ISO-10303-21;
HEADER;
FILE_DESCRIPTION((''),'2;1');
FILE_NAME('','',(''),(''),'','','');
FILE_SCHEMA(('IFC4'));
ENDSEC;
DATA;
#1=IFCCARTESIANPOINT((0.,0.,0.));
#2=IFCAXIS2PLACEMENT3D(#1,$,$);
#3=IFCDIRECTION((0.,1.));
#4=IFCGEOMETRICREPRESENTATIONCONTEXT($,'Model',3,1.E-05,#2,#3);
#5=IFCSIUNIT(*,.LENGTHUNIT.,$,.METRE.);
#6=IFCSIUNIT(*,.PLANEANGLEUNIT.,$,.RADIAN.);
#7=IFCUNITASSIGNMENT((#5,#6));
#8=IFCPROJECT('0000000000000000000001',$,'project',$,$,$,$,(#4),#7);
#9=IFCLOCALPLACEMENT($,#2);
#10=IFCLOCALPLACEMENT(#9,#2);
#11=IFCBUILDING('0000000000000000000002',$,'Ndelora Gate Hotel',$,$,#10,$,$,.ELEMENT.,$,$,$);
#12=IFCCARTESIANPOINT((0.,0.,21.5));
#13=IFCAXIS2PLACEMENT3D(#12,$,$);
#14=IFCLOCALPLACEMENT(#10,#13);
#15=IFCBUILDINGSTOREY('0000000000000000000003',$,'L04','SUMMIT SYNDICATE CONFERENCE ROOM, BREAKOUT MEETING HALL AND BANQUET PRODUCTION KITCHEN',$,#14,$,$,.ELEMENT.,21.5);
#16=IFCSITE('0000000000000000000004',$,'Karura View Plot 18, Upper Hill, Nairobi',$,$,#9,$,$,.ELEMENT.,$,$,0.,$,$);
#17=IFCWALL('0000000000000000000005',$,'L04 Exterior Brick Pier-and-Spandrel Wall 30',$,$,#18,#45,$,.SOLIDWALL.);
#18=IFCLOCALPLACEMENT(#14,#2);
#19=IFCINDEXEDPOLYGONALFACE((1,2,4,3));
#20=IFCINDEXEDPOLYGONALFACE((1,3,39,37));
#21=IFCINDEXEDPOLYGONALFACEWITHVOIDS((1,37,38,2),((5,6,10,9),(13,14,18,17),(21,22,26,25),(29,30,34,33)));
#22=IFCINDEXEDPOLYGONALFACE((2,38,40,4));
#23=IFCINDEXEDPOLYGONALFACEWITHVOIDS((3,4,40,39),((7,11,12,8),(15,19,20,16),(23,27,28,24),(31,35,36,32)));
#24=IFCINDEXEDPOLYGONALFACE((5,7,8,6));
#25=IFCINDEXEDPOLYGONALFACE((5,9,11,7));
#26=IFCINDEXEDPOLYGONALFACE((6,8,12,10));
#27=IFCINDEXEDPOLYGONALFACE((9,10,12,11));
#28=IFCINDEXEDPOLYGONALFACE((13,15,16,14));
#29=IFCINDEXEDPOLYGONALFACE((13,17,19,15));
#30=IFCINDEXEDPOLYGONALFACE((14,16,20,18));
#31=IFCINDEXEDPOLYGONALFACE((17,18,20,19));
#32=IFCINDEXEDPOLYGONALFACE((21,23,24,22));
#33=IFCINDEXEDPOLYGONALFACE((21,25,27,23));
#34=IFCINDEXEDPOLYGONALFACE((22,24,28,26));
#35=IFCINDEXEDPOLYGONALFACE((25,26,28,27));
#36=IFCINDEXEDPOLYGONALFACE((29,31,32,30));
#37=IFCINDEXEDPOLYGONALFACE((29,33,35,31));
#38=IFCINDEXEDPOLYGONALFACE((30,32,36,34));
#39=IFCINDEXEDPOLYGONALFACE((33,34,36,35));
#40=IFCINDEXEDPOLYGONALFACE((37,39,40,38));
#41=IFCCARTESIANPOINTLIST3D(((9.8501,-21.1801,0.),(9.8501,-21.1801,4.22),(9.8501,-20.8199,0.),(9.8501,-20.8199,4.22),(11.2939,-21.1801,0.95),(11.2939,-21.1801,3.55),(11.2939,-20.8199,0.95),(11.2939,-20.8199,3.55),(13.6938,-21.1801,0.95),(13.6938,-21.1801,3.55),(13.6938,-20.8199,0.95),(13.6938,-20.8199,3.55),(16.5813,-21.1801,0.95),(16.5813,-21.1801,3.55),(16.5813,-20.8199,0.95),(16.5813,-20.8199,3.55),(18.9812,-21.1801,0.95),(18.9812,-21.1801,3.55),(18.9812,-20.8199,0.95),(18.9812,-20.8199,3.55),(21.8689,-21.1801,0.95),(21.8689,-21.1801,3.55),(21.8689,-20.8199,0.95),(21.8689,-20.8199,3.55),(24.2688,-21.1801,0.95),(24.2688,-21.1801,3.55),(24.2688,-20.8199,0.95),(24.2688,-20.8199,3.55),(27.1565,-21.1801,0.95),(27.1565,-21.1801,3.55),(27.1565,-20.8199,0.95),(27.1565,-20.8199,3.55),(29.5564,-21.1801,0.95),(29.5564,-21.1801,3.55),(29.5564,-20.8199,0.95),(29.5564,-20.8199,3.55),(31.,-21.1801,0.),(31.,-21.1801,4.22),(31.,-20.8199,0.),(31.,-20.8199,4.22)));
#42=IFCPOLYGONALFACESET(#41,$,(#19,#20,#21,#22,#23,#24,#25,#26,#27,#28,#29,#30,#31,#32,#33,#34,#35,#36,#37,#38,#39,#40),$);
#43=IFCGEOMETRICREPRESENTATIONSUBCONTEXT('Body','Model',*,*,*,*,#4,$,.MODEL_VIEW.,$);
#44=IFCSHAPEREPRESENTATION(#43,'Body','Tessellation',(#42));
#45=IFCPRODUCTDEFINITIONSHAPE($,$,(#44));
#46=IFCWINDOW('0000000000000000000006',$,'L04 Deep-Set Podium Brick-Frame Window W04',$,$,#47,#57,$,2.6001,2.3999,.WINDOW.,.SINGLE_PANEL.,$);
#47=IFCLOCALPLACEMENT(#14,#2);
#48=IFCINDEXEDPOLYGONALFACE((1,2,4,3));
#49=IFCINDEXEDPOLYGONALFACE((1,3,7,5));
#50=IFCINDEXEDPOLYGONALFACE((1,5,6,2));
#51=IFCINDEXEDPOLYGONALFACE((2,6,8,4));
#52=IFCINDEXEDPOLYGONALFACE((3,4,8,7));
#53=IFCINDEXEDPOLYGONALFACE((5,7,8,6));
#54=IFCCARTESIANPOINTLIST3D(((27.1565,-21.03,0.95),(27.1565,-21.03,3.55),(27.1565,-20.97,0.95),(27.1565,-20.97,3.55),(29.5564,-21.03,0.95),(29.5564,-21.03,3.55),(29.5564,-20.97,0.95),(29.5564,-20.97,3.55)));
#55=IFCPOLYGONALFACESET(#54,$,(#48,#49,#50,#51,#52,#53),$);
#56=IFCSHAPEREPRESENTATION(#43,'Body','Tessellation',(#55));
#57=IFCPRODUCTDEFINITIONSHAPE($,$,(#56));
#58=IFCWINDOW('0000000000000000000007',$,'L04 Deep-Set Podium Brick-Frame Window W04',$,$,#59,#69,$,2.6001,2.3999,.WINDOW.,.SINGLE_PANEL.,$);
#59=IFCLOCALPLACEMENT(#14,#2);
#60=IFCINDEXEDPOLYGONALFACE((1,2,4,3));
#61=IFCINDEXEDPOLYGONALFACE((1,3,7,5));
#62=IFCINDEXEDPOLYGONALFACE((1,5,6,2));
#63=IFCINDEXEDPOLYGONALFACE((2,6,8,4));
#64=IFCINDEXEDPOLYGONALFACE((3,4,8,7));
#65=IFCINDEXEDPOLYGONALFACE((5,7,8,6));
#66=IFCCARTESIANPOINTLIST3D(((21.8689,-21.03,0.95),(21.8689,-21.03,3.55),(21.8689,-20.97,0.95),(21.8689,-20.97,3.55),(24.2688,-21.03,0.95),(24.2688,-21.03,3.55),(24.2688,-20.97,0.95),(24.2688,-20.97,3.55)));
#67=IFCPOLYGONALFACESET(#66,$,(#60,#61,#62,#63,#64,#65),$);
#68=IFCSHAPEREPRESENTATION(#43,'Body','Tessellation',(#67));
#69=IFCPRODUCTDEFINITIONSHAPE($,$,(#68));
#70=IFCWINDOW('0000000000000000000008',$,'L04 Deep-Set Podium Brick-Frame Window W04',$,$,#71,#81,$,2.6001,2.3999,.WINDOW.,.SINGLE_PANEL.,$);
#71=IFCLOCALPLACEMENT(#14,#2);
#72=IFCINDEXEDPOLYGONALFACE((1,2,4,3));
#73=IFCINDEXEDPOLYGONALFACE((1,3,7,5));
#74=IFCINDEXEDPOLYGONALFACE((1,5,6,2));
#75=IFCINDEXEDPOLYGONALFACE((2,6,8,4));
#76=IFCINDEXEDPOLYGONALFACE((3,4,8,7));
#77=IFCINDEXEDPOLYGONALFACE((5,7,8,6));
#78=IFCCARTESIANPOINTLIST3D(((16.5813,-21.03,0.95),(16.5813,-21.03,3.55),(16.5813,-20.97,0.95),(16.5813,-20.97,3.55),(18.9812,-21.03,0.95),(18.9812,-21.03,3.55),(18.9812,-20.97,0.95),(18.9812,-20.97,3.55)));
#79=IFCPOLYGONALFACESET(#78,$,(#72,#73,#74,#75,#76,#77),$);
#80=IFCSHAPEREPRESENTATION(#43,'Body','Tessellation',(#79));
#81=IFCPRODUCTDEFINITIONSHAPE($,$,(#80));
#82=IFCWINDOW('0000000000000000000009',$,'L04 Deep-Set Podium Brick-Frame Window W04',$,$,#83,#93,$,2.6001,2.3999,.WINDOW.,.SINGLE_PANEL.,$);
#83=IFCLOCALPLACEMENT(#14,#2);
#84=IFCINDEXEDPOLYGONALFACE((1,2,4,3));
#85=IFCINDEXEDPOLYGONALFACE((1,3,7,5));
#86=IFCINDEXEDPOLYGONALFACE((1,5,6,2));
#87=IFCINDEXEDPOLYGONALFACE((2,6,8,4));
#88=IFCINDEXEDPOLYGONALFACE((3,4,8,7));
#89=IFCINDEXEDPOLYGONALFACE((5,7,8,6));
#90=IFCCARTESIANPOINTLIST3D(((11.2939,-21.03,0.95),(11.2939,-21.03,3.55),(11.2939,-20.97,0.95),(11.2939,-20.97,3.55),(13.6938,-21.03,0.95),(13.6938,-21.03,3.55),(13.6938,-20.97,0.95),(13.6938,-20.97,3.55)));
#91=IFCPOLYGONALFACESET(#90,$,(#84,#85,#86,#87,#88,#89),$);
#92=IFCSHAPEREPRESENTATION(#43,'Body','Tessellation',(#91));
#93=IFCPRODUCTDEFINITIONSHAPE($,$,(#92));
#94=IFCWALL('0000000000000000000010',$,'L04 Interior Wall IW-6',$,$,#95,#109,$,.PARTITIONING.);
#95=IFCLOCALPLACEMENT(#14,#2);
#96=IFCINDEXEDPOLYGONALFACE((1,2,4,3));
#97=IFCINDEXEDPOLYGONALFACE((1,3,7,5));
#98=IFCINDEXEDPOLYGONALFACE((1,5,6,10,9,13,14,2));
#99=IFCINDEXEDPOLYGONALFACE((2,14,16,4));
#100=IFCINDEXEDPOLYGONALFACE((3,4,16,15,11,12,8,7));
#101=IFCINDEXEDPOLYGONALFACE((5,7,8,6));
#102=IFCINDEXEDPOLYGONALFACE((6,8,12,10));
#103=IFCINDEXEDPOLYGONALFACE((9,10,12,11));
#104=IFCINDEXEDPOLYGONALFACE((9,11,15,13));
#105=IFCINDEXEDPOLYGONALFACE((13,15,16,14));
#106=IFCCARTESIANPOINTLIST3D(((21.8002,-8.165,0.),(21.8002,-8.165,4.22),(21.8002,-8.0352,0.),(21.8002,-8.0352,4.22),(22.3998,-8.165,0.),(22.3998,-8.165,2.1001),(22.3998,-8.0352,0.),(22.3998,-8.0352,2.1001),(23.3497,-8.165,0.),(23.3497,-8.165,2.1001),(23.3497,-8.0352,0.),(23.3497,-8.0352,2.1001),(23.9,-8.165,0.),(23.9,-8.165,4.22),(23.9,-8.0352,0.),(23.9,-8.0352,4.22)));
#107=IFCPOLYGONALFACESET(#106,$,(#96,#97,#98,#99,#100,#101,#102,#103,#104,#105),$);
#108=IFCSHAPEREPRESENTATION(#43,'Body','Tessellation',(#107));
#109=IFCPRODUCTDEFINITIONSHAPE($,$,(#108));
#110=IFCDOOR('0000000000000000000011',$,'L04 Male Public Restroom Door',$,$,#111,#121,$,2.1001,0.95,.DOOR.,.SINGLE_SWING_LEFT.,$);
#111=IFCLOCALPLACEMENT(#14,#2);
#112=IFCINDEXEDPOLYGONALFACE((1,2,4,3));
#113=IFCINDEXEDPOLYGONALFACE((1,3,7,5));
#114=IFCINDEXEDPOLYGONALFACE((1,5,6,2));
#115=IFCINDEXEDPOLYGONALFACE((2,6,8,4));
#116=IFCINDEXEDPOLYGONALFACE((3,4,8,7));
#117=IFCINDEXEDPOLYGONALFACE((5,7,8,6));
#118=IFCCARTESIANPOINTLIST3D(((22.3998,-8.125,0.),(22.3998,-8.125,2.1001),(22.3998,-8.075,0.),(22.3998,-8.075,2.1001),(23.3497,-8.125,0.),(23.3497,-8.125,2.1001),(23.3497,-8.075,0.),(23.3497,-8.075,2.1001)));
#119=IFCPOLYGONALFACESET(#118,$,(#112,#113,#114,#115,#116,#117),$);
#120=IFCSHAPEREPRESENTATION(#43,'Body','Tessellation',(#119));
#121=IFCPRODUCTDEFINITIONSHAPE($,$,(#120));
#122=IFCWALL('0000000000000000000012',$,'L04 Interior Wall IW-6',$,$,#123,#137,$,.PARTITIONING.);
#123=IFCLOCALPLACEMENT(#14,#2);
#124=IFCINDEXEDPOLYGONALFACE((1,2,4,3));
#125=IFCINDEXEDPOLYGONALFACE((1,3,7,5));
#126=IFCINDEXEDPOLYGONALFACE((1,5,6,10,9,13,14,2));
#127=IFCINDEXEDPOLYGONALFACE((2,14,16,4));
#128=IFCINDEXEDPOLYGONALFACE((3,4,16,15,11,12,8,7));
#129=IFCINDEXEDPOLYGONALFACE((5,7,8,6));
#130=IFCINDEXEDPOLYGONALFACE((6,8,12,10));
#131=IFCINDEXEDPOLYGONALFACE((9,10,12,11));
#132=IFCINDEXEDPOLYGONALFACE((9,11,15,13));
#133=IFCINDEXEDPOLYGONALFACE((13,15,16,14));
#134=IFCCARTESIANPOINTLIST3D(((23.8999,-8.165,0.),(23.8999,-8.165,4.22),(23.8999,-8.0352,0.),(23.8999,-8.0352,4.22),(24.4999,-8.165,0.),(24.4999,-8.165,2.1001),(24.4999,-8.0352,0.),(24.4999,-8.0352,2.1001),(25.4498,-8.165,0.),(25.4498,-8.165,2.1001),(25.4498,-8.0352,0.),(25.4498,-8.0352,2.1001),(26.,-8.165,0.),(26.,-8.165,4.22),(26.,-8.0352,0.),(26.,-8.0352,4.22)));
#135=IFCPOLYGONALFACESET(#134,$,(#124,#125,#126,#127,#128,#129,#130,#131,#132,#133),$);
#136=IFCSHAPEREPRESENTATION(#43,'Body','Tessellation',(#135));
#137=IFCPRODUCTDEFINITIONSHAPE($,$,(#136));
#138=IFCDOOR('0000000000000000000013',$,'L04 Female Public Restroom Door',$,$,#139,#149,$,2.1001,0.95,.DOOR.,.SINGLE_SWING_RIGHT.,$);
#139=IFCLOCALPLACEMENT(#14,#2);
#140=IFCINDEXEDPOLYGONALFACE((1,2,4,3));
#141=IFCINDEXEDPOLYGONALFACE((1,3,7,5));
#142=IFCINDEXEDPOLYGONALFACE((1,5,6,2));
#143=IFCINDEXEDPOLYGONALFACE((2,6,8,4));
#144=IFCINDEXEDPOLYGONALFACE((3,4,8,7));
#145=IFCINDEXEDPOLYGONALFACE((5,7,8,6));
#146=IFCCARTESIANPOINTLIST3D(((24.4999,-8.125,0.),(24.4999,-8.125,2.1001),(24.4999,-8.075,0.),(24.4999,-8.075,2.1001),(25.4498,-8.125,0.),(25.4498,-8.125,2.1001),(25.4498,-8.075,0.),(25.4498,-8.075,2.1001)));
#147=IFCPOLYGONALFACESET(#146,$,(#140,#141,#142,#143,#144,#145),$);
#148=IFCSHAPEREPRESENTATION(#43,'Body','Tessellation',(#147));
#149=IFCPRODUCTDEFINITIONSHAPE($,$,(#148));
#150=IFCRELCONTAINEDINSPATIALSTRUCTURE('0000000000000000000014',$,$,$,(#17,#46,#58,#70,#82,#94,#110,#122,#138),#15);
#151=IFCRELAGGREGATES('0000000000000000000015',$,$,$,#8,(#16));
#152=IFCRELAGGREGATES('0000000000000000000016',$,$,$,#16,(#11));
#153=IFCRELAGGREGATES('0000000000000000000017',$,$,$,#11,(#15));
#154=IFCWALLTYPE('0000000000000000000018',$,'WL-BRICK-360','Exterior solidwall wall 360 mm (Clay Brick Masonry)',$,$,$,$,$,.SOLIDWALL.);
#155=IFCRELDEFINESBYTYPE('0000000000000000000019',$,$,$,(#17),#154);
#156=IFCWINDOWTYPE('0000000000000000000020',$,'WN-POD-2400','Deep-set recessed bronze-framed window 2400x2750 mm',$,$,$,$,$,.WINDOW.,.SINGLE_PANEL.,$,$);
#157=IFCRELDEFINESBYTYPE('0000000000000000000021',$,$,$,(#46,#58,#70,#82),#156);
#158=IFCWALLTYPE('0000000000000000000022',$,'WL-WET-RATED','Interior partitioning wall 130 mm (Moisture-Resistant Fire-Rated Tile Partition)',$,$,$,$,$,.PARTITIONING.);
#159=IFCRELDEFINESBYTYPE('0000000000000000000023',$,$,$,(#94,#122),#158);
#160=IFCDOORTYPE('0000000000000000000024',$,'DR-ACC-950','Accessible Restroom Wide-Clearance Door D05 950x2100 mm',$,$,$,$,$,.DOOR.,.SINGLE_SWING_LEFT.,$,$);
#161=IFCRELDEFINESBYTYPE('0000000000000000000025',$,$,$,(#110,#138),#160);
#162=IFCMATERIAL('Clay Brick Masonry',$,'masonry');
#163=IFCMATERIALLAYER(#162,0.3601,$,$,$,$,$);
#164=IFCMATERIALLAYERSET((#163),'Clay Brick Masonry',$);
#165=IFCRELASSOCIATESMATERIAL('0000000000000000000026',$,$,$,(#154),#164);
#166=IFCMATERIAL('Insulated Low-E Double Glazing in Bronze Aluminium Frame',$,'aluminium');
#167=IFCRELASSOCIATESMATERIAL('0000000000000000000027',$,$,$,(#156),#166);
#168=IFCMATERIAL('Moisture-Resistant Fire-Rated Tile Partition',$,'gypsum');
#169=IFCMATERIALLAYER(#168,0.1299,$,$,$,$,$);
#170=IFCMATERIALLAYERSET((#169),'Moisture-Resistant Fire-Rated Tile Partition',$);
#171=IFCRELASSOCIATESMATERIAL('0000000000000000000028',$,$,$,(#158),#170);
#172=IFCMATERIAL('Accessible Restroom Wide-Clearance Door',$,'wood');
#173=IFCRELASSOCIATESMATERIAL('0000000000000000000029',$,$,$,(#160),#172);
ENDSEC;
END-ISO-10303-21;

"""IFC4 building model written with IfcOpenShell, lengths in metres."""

from ifc_helpers import new_model, si_unit, direction, frame, frame_2d, origin, place, context, subcontext, project, spatial, rectangle, extrude, material, layer, layer_set, type_object, element, fill, save


model = new_model("IFC4")

# Units and contexts
model_context = context("Model", 3, precision=1e-05, world=origin(), true_north=direction((0.0, 1.0)))
body_context = subcontext(model_context, "Body", "Model", "MODEL_VIEW")
ifc_project = project(units=[si_unit("LENGTHUNIT", "METRE"), si_unit("PLANEANGLEUNIT", "RADIAN")], contexts=[model_context])

# Site, building, storey
site_placement = place(None, origin())
site = spatial("IfcSite", under=ifc_project, at=site_placement, Name="Karura View Plot 18, Upper Hill, Nairobi", CompositionType="ELEMENT", RefElevation=0.0)
building_placement = place(site_placement, origin())
building = spatial("IfcBuilding", under=site, at=building_placement, Name="Ndelora Gate Hotel", CompositionType="ELEMENT")
storey_placement = place(building_placement, frame((0.0, 0.0, 21.5)))
storey = spatial("IfcBuildingStorey", under=building, at=storey_placement, Name="L04", Description="SUMMIT SYNDICATE CONFERENCE ROOM, BREAKOUT MEETING HALL AND BANQUET PRODUCTION KITCHEN", CompositionType="ELEMENT", Elevation=21.5)

# Shared definitions
ifc_material_1 = material(Name="Clay Brick Masonry", Category="masonry")
ifc_layer_1 = layer(ifc_material_1, 0.3601)
ifc_layer_set_1 = layer_set([ifc_layer_1], Name="Clay Brick Masonry")
wall_type_1 = type_object("IfcWallType", Name="WL-BRICK-360", Description="Exterior solidwall wall 360 mm (Clay Brick Masonry)", PredefinedType="SOLIDWALL", material=ifc_layer_set_1)

# Wall, openings, windows
wall_1_placement = place(storey_placement, frame((31.0, -21.0, 0.0), z_axis=(0.0, 0.0, 1.0), x_axis=(-1.0, 0.0, 0.0)))
wall_1 = element("IfcWall", 1, at=wall_1_placement, inside=storey, type_object=wall_type_1, Name="L04 Exterior Brick Pier-and-Spandrel Wall 30", PredefinedType="SOLIDWALL", context=body_context, shape_type="SweptSolid", body=[
    extrude(rectangle(XDim=21.1499, YDim=0.3601, at=frame_2d((10.575, 0.0))), origin(), (0.0, 0.0, 1.0), 4.22),
])
opening_1_placement = place(wall_1_placement, frame((1.4436, 0.0, 0.95)))
opening_1 = element("IfcOpeningElement", 2, at=opening_1_placement, cuts=wall_1, PredefinedType="OPENING", context=body_context, shape_type="SweptSolid", body=[
    extrude(rectangle(XDim=2.3999, YDim=2.6001, at=frame_2d((1.2, 1.3))), frame((0.0, 0.1899, 0.0), z_axis=(0.0, -1.0, 0.0), x_axis=(1.0, 0.0, 0.0)), (0.0, 0.0, 1.0), 0.3801),
])
opening_2_placement = place(wall_1_placement, frame((6.7312, 0.0, 0.95)))
opening_2 = element("IfcOpeningElement", 3, at=opening_2_placement, cuts=wall_1, PredefinedType="OPENING", context=body_context, shape_type="SweptSolid", body=[
    extrude(rectangle(XDim=2.3999, YDim=2.6001, at=frame_2d((1.2, 1.3))), frame((0.0, 0.1899, 0.0), z_axis=(0.0, -1.0, 0.0), x_axis=(1.0, 0.0, 0.0)), (0.0, 0.0, 1.0), 0.3801),
])
opening_3_placement = place(wall_1_placement, frame((12.0188, 0.0, 0.95)))
opening_3 = element("IfcOpeningElement", 4, at=opening_3_placement, cuts=wall_1, PredefinedType="OPENING", context=body_context, shape_type="SweptSolid", body=[
    extrude(rectangle(XDim=2.3999, YDim=2.6001, at=frame_2d((1.2, 1.3))), frame((0.0, 0.1899, 0.0), z_axis=(0.0, -1.0, 0.0), x_axis=(1.0, 0.0, 0.0)), (0.0, 0.0, 1.0), 0.3801),
])
opening_4_placement = place(wall_1_placement, frame((17.3062, 0.0, 0.95)))
opening_4 = element("IfcOpeningElement", 5, at=opening_4_placement, cuts=wall_1, PredefinedType="OPENING", context=body_context, shape_type="SweptSolid", body=[
    extrude(rectangle(XDim=2.3999, YDim=2.6001, at=frame_2d((1.2, 1.3))), frame((0.0, 0.1899, 0.0), z_axis=(0.0, -1.0, 0.0), x_axis=(1.0, 0.0, 0.0)), (0.0, 0.0, 1.0), 0.3801),
])
ifc_material_2 = material(Name="Insulated Low-E Double Glazing in Bronze Aluminium Frame", Category="aluminium")
window_type = type_object("IfcWindowType", Name="WN-POD-2400", Description="Deep-set recessed bronze-framed window 2400x2750 mm", PartitioningType="SINGLE_PANEL", PredefinedType="WINDOW", material=ifc_material_2)
window_1_placement = place(opening_1_placement, origin())
window_1 = element("IfcWindow", 6, at=window_1_placement, inside=storey, type_object=window_type, Name="L04 Deep-Set Podium Brick-Frame Window W04", OverallHeight=2.6001, OverallWidth=2.3999, PartitioningType="SINGLE_PANEL", PredefinedType="WINDOW", context=body_context, shape_type="SweptSolid", body=[
    extrude(rectangle(XDim=2.3999, YDim=2.6001, at=frame_2d((1.2, 1.3))), frame((0.0, 0.03, 0.0), z_axis=(0.0, -1.0, 0.0), x_axis=(1.0, 0.0, 0.0)), (0.0, 0.0, 1.0), 0.0601),
])
fill(opening_1, window_1)
window_2_placement = place(opening_2_placement, origin())
window_2 = element("IfcWindow", 7, at=window_2_placement, inside=storey, type_object=window_type, Name="L04 Deep-Set Podium Brick-Frame Window W04", OverallHeight=2.6001, OverallWidth=2.3999, PartitioningType="SINGLE_PANEL", PredefinedType="WINDOW", context=body_context, shape_type="SweptSolid", body=[
    extrude(rectangle(XDim=2.3999, YDim=2.6001, at=frame_2d((1.2, 1.3))), frame((0.0, 0.03, 0.0), z_axis=(0.0, -1.0, 0.0), x_axis=(1.0, 0.0, 0.0)), (0.0, 0.0, 1.0), 0.0601),
])
fill(opening_2, window_2)
window_3_placement = place(opening_3_placement, origin())
window_3 = element("IfcWindow", 8, at=window_3_placement, inside=storey, type_object=window_type, Name="L04 Deep-Set Podium Brick-Frame Window W04", OverallHeight=2.6001, OverallWidth=2.3999, PartitioningType="SINGLE_PANEL", PredefinedType="WINDOW", context=body_context, shape_type="SweptSolid", body=[
    extrude(rectangle(XDim=2.3999, YDim=2.6001, at=frame_2d((1.2, 1.3))), frame((0.0, 0.03, 0.0), z_axis=(0.0, -1.0, 0.0), x_axis=(1.0, 0.0, 0.0)), (0.0, 0.0, 1.0), 0.0601),
])
fill(opening_3, window_3)
window_4_placement = place(opening_4_placement, origin())
window_4 = element("IfcWindow", 9, at=window_4_placement, inside=storey, type_object=window_type, Name="L04 Deep-Set Podium Brick-Frame Window W04", OverallHeight=2.6001, OverallWidth=2.3999, PartitioningType="SINGLE_PANEL", PredefinedType="WINDOW", context=body_context, shape_type="SweptSolid", body=[
    extrude(rectangle(XDim=2.3999, YDim=2.6001, at=frame_2d((1.2, 1.3))), frame((0.0, 0.03, 0.0), z_axis=(0.0, -1.0, 0.0), x_axis=(1.0, 0.0, 0.0)), (0.0, 0.0, 1.0), 0.0601),
])
fill(opening_4, window_4)

# Walls, openings, doors
ifc_material_3 = material(Name="Moisture-Resistant Fire-Rated Tile Partition", Category="gypsum")
ifc_layer_2 = layer(ifc_material_3, 0.1299)
ifc_layer_set_2 = layer_set([ifc_layer_2], Name="Moisture-Resistant Fire-Rated Tile Partition")
wall_type_2 = type_object("IfcWallType", Name="WL-WET-RATED", Description="Interior partitioning wall 130 mm (Moisture-Resistant Fire-Rated Tile Partition)", PredefinedType="PARTITIONING", material=ifc_layer_set_2)
wall_2_placement = place(storey_placement, frame((23.8999, -8.1001, 0.0), z_axis=(0.0, 0.0, 1.0), x_axis=(-1.0, 0.0, 0.0)))
wall_2 = element("IfcWall", 10, at=wall_2_placement, inside=storey, type_object=wall_type_2, Name="L04 Interior Wall IW-6", PredefinedType="PARTITIONING", context=body_context, shape_type="SweptSolid", body=[
    extrude(rectangle(XDim=2.0999, YDim=0.1299, at=frame_2d((1.0498, 0.0))), origin(), (0.0, 0.0, 1.0), 4.22),
])
opening_5_placement = place(wall_2_placement, frame((0.55, 0.0, 0.0)))
opening_5 = element("IfcOpeningElement", 11, at=opening_5_placement, cuts=wall_2, PredefinedType="OPENING", context=body_context, shape_type="SweptSolid", body=[
    extrude(rectangle(XDim=0.95, YDim=2.1001, at=frame_2d((0.4751, 1.05))), frame((0.0, 0.075, 0.0), z_axis=(0.0, -1.0, 0.0), x_axis=(1.0, 0.0, 0.0)), (0.0, 0.0, 1.0), 0.1499),
])
ifc_material_4 = material(Name="Accessible Restroom Wide-Clearance Door", Category="wood")
door_type = type_object("IfcDoorType", Name="DR-ACC-950", Description="Accessible Restroom Wide-Clearance Door D05 950x2100 mm", OperationType="SINGLE_SWING_LEFT", PredefinedType="DOOR", material=ifc_material_4)
door_1_placement = place(opening_5_placement, origin())
door_1 = element("IfcDoor", 12, at=door_1_placement, inside=storey, type_object=door_type, Name="L04 Male Public Restroom Door", OperationType="SINGLE_SWING_LEFT", OverallHeight=2.1001, OverallWidth=0.95, PredefinedType="DOOR", context=body_context, shape_type="SweptSolid", body=[
    extrude(rectangle(XDim=0.95, YDim=2.1001, at=frame_2d((0.4751, 1.05))), frame((0.0, 0.0249, 0.0), z_axis=(0.0, -1.0, 0.0), x_axis=(1.0, 0.0, 0.0)), (0.0, 0.0, 1.0), 0.05),
])
fill(opening_5, door_1)
wall_3_placement = place(storey_placement, frame((26.0, -8.1001, 0.0), z_axis=(0.0, 0.0, 1.0), x_axis=(-1.0, 0.0, 0.0)))
wall_3 = element("IfcWall", 13, at=wall_3_placement, inside=storey, type_object=wall_type_2, Name="L04 Interior Wall IW-6", PredefinedType="PARTITIONING", context=body_context, shape_type="SweptSolid", body=[
    extrude(rectangle(XDim=2.1001, YDim=0.1299, at=frame_2d((1.05, 0.0))), origin(), (0.0, 0.0, 1.0), 4.22),
])
opening_6_placement = place(wall_3_placement, frame((0.55, 0.0, 0.0)))
opening_6 = element("IfcOpeningElement", 14, at=opening_6_placement, cuts=wall_3, PredefinedType="OPENING", context=body_context, shape_type="SweptSolid", body=[
    extrude(rectangle(XDim=0.95, YDim=2.1001, at=frame_2d((0.4751, 1.05))), frame((0.0, 0.075, 0.0), z_axis=(0.0, -1.0, 0.0), x_axis=(1.0, 0.0, 0.0)), (0.0, 0.0, 1.0), 0.1499),
])
door_2_placement = place(opening_6_placement, origin())
door_2 = element("IfcDoor", 15, at=door_2_placement, inside=storey, type_object=door_type, Name="L04 Female Public Restroom Door", OperationType="SINGLE_SWING_RIGHT", OverallHeight=2.1001, OverallWidth=0.95, PredefinedType="DOOR", context=body_context, shape_type="SweptSolid", body=[
    extrude(rectangle(XDim=0.95, YDim=2.1001, at=frame_2d((0.4751, 1.05))), frame((0.0, 0.0249, 0.0), z_axis=(0.0, -1.0, 0.0), x_axis=(1.0, 0.0, 0.0)), (0.0, 0.0, 1.0), 0.05),
])
fill(opening_6, door_2)

save(model, "model.ifc")
